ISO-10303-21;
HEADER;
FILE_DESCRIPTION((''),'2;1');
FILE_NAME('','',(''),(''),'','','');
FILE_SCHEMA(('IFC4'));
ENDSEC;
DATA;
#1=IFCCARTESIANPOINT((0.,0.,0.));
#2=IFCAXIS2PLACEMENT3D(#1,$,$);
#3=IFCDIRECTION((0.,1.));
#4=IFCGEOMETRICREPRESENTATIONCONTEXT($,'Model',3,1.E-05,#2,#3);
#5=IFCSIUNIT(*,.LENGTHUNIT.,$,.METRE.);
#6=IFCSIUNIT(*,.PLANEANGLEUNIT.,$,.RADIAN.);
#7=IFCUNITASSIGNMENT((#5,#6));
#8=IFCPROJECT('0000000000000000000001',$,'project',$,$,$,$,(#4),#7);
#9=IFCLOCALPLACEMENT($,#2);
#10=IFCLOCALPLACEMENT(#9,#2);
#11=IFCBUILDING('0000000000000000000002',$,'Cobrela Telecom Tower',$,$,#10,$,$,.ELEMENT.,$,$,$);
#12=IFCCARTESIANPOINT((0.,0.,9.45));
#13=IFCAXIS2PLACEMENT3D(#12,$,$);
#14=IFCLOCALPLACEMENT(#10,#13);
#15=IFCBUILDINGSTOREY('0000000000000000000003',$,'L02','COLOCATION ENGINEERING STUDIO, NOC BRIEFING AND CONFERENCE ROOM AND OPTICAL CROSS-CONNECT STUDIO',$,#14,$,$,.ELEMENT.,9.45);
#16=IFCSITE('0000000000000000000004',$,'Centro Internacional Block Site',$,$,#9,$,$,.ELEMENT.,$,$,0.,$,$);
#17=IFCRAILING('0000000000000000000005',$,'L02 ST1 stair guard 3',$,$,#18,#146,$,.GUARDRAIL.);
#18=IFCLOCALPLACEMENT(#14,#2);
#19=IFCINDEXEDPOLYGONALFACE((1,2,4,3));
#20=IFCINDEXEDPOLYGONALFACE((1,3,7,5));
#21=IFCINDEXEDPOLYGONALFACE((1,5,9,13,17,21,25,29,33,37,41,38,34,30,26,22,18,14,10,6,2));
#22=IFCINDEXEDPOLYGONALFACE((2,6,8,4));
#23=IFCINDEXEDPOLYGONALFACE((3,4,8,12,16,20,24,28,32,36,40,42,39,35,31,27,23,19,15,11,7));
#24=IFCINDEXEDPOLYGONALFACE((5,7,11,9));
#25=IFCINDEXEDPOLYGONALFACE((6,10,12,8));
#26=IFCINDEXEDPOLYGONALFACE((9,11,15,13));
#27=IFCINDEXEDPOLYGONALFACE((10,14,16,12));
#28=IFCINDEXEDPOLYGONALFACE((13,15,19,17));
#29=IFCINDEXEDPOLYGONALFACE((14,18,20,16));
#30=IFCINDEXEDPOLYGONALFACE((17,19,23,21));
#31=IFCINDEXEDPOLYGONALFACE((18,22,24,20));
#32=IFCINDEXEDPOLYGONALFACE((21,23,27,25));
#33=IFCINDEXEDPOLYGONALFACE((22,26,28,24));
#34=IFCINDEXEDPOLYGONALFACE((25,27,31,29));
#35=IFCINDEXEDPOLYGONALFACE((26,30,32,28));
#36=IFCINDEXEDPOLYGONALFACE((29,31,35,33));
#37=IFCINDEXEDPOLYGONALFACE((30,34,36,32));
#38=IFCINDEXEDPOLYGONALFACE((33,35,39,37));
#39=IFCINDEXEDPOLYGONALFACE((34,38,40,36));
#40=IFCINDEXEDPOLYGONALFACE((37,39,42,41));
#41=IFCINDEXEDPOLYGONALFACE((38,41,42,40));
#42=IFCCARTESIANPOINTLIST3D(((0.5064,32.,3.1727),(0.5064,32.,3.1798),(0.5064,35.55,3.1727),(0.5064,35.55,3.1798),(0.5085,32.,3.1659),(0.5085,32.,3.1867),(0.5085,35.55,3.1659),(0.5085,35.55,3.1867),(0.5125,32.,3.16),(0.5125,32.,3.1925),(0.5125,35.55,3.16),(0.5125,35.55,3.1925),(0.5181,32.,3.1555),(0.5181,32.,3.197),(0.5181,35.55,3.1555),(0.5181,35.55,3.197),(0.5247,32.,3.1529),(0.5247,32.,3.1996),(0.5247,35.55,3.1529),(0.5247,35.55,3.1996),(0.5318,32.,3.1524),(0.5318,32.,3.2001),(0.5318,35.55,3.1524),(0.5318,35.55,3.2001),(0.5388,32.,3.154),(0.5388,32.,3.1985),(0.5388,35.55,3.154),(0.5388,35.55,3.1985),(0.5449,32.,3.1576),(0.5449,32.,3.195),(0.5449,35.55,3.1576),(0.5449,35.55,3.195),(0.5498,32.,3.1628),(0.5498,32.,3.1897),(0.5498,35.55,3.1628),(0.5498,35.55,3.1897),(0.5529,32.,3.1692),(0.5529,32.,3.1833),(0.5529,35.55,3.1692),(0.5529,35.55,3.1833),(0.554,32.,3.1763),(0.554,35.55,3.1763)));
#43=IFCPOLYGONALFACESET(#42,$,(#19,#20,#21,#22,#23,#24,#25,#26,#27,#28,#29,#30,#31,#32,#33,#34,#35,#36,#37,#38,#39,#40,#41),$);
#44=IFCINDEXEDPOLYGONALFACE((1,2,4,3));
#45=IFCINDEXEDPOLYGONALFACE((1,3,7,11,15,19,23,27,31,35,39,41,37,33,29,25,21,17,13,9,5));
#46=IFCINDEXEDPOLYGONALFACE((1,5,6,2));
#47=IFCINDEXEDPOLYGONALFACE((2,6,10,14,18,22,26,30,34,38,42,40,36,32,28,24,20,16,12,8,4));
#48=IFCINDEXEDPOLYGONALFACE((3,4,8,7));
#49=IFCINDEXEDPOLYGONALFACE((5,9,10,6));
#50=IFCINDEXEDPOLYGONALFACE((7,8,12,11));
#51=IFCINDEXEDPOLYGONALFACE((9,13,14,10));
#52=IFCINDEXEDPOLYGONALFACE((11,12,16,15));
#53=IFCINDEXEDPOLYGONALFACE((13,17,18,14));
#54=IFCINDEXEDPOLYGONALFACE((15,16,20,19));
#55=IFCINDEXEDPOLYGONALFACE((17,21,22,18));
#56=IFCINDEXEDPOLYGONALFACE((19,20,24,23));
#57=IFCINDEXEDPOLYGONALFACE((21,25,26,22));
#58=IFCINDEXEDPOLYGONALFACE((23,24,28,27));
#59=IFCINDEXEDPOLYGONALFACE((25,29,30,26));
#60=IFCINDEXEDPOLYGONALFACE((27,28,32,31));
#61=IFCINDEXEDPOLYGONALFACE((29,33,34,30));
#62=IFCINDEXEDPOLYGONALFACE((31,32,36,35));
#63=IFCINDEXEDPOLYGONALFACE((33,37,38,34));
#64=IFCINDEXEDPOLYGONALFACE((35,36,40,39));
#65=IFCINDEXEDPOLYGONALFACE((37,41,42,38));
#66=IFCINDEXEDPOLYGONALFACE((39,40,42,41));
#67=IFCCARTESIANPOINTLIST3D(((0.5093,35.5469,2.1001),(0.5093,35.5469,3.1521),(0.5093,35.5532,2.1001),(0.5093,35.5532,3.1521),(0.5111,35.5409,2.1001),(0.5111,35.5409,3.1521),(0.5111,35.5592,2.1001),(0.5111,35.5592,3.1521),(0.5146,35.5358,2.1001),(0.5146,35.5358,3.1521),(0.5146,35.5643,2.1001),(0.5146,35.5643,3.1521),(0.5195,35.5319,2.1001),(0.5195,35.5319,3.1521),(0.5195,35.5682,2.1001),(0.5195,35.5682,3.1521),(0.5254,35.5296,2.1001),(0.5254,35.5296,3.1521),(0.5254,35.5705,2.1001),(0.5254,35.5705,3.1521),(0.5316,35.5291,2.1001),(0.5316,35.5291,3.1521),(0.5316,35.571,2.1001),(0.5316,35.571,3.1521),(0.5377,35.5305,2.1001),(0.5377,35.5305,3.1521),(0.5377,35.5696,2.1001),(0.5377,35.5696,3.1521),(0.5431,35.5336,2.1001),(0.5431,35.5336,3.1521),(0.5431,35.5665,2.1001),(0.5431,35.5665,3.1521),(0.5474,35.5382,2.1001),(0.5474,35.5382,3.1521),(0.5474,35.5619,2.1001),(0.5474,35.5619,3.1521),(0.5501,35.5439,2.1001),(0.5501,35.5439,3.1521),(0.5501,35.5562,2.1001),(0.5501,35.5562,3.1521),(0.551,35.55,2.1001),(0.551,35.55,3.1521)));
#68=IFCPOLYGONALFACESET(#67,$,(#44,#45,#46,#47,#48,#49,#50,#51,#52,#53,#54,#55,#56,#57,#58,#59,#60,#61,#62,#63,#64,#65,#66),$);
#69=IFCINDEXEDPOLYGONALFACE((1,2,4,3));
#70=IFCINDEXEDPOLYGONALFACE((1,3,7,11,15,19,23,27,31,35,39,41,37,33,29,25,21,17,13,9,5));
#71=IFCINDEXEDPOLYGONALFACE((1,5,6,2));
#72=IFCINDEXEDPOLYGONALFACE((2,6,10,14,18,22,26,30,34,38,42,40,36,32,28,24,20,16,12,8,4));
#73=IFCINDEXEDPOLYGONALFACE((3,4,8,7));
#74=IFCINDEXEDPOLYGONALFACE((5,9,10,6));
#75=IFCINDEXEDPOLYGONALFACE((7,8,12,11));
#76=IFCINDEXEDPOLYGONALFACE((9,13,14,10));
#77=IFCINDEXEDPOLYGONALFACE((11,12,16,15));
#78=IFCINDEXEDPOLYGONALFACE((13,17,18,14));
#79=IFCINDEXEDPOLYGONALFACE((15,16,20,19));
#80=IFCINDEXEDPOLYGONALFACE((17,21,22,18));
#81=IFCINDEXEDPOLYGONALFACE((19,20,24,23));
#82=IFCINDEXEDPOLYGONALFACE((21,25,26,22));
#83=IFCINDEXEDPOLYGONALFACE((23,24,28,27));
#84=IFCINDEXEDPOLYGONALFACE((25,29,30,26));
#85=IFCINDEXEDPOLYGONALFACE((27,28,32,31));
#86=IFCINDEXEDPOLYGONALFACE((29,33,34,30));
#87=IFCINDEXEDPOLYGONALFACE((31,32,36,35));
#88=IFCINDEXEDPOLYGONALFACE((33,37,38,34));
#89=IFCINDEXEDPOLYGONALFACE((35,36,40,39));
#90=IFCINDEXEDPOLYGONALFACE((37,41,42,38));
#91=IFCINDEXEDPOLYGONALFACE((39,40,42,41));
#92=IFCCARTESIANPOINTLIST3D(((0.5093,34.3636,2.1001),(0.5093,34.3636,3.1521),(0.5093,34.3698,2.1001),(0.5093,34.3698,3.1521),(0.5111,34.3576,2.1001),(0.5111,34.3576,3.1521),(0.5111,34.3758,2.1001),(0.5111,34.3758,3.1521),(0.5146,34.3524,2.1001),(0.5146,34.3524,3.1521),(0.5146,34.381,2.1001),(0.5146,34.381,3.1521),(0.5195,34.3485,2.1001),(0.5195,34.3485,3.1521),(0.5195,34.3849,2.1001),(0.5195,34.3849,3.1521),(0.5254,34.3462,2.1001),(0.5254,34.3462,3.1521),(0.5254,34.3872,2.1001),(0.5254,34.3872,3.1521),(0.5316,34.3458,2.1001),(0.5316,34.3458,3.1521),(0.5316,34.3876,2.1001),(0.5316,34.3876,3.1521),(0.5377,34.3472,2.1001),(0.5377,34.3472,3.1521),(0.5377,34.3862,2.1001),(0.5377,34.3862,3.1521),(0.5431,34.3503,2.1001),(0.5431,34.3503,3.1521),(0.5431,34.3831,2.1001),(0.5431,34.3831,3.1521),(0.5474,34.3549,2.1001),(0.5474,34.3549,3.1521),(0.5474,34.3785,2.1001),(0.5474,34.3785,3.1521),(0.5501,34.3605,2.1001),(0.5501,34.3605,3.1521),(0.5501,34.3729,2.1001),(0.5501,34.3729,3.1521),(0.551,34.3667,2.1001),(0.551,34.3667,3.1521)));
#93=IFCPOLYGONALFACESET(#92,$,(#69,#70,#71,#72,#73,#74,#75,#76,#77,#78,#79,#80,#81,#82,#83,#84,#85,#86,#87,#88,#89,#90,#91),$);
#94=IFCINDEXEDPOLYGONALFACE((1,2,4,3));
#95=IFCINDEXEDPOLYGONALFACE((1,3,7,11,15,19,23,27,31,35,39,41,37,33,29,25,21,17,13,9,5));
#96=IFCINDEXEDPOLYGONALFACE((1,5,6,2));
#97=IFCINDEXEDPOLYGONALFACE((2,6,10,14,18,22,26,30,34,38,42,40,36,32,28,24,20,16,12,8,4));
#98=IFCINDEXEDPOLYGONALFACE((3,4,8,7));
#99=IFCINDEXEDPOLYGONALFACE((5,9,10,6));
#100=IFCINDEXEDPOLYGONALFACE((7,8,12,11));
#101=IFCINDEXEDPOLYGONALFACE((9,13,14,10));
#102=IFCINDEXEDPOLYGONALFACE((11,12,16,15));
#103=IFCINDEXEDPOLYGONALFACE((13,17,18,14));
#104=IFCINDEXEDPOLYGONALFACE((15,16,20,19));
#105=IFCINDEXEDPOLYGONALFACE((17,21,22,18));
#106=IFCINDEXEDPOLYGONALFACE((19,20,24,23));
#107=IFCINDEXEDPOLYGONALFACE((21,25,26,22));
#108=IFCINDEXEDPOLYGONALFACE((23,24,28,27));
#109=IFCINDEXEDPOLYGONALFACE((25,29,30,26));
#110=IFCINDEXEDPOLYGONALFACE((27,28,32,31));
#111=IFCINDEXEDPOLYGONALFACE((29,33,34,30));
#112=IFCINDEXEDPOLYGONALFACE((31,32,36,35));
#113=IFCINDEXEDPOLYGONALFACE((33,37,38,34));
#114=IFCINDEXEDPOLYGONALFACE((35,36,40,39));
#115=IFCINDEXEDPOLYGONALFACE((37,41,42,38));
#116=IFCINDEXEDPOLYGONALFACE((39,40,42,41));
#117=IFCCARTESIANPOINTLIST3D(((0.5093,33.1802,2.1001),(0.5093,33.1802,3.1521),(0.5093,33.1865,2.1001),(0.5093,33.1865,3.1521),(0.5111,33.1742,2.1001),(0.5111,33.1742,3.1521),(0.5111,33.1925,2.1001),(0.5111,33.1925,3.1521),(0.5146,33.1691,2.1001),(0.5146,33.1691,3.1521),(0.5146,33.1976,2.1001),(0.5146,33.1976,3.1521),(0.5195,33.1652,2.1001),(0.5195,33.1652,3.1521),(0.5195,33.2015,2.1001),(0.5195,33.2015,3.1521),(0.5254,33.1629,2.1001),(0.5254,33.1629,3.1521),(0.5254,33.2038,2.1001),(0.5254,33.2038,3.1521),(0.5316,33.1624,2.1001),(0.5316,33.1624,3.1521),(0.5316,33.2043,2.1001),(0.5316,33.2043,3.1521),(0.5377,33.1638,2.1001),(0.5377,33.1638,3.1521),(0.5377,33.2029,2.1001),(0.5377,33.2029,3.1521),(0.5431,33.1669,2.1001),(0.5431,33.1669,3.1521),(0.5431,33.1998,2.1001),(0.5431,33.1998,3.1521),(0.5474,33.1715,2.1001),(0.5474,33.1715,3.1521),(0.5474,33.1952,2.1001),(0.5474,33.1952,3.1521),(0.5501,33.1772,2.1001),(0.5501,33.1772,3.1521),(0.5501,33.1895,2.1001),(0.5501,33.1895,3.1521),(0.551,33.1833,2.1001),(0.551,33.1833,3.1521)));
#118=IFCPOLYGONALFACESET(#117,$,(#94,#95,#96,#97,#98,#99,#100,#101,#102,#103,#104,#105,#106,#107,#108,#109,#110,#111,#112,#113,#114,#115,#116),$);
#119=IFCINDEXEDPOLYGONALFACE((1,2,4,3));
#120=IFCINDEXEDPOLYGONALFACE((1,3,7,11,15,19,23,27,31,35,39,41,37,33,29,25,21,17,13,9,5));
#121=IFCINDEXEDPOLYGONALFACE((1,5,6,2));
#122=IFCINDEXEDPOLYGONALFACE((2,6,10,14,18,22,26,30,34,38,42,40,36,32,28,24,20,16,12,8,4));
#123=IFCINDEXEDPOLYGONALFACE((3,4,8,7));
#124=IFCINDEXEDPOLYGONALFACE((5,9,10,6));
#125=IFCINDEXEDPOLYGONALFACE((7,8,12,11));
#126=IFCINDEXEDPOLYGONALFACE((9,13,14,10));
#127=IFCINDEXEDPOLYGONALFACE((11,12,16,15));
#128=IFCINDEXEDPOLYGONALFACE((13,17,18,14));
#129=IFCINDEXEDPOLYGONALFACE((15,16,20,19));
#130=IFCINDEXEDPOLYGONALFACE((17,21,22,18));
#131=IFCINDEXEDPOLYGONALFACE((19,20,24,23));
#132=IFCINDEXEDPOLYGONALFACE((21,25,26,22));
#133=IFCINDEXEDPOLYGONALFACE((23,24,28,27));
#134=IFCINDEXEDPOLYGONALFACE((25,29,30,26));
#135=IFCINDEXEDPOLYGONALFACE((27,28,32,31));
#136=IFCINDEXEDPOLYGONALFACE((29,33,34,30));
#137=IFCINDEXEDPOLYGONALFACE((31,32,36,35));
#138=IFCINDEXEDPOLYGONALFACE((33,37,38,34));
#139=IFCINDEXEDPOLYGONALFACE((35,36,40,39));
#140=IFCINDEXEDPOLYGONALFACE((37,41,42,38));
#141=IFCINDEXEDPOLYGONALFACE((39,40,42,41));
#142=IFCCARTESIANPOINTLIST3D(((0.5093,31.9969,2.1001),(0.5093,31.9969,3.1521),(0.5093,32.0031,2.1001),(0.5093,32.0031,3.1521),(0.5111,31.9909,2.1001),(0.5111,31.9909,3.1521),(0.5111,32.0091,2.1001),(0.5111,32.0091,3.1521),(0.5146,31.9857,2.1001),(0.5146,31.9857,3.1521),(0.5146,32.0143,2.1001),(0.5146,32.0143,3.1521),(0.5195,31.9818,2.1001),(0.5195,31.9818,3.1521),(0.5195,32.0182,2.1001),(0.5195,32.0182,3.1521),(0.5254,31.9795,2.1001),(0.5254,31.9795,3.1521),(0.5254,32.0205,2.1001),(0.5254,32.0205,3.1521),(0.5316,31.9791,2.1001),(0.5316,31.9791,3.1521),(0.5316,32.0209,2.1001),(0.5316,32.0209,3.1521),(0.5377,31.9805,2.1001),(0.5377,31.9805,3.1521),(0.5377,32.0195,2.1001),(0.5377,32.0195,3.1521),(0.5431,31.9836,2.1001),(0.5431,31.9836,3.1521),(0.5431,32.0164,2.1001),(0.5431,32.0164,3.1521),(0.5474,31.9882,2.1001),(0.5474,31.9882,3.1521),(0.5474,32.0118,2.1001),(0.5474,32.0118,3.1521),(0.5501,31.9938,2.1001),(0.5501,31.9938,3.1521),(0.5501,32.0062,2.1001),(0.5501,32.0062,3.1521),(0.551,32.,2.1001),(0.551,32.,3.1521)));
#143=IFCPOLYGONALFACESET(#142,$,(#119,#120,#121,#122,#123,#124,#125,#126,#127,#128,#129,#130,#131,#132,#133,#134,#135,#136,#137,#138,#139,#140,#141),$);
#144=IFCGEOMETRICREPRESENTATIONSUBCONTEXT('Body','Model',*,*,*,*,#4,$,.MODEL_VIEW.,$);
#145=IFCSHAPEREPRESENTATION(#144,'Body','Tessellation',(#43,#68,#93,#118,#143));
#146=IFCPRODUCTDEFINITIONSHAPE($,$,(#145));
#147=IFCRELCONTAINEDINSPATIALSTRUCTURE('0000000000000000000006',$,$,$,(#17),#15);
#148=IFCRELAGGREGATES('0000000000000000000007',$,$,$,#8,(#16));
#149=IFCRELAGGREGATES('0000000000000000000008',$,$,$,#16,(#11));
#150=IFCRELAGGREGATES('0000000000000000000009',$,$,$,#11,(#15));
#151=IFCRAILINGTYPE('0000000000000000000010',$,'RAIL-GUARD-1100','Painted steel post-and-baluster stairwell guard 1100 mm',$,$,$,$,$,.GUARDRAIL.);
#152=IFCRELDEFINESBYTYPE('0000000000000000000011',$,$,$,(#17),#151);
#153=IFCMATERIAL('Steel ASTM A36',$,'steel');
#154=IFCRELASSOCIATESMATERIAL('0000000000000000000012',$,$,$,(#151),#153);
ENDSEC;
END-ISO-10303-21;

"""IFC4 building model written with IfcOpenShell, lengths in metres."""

from ifc_helpers import new_model, si_unit, direction, frame, origin, origin_2d, place, context, subcontext, project, spatial, circle, extrude, material, type_object, element, save


model = new_model("IFC4")

# Units and contexts
model_context = context("Model", 3, precision=1e-05, world=origin(), true_north=direction((0.0, 1.0)))
body_context = subcontext(model_context, "Body", "Model", "MODEL_VIEW")
ifc_project = project(units=[si_unit("LENGTHUNIT", "METRE"), si_unit("PLANEANGLEUNIT", "RADIAN")], contexts=[model_context])

# Site, building, storey
site_placement = place(None, origin())
site = spatial("IfcSite", under=ifc_project, at=site_placement, Name="Centro Internacional Block Site", CompositionType="ELEMENT", RefElevation=0.0)
building_placement = place(site_placement, origin())
building = spatial("IfcBuilding", under=site, at=building_placement, Name="Cobrela Telecom Tower", CompositionType="ELEMENT")
storey_placement = place(building_placement, frame((0.0, 0.0, 9.45)))
storey = spatial("IfcBuildingStorey", under=building, at=storey_placement, Name="L02", Description="COLOCATION ENGINEERING STUDIO, NOC BRIEFING AND CONFERENCE ROOM AND OPTICAL CROSS-CONNECT STUDIO", CompositionType="ELEMENT", Elevation=9.45)

# Shared definitions
ifc_material_1 = material(Name="Steel ASTM A36", Category="steel")

# Railing
railing_type_1 = type_object("IfcRailingType", Name="RAIL-GUARD-1100", Description="Painted steel post-and-baluster stairwell guard 1100 mm", PredefinedType="GUARDRAIL", material=ifc_material_1)
railing_1_placement = place(storey_placement, frame((0.53, 35.55, 2.1001)))
element("IfcRailing", 1, at=railing_1_placement, inside=storey, type_object=railing_type_1, Name="L02 ST1 stair guard 3", PredefinedType="GUARDRAIL", context=body_context, shape_type="SweptSolid", body=[
    extrude(circle(Radius=0.0239, at=origin_2d()), frame((0.0, 0.0, 1.0762), z_axis=(0.0, -1.0, 0.0), x_axis=(1.0, 0.0, 0.0)), (0.0, 0.0, 1.0), 3.55),
    extrude(circle(Radius=0.021, at=origin_2d()), origin(), (0.0, 0.0, 1.0), 1.052),
    extrude(circle(Radius=0.021, at=origin_2d()), frame((0.0, -1.1833, 0.0)), (0.0, 0.0, 1.0), 1.052),
    extrude(circle(Radius=0.021, at=origin_2d()), frame((0.0, -2.3667, 0.0)), (0.0, 0.0, 1.0), 1.052),
    extrude(circle(Radius=0.021, at=origin_2d()), frame((0.0, -3.55, 0.0)), (0.0, 0.0, 1.0), 1.052),
])

save(model, "model.ifc")
